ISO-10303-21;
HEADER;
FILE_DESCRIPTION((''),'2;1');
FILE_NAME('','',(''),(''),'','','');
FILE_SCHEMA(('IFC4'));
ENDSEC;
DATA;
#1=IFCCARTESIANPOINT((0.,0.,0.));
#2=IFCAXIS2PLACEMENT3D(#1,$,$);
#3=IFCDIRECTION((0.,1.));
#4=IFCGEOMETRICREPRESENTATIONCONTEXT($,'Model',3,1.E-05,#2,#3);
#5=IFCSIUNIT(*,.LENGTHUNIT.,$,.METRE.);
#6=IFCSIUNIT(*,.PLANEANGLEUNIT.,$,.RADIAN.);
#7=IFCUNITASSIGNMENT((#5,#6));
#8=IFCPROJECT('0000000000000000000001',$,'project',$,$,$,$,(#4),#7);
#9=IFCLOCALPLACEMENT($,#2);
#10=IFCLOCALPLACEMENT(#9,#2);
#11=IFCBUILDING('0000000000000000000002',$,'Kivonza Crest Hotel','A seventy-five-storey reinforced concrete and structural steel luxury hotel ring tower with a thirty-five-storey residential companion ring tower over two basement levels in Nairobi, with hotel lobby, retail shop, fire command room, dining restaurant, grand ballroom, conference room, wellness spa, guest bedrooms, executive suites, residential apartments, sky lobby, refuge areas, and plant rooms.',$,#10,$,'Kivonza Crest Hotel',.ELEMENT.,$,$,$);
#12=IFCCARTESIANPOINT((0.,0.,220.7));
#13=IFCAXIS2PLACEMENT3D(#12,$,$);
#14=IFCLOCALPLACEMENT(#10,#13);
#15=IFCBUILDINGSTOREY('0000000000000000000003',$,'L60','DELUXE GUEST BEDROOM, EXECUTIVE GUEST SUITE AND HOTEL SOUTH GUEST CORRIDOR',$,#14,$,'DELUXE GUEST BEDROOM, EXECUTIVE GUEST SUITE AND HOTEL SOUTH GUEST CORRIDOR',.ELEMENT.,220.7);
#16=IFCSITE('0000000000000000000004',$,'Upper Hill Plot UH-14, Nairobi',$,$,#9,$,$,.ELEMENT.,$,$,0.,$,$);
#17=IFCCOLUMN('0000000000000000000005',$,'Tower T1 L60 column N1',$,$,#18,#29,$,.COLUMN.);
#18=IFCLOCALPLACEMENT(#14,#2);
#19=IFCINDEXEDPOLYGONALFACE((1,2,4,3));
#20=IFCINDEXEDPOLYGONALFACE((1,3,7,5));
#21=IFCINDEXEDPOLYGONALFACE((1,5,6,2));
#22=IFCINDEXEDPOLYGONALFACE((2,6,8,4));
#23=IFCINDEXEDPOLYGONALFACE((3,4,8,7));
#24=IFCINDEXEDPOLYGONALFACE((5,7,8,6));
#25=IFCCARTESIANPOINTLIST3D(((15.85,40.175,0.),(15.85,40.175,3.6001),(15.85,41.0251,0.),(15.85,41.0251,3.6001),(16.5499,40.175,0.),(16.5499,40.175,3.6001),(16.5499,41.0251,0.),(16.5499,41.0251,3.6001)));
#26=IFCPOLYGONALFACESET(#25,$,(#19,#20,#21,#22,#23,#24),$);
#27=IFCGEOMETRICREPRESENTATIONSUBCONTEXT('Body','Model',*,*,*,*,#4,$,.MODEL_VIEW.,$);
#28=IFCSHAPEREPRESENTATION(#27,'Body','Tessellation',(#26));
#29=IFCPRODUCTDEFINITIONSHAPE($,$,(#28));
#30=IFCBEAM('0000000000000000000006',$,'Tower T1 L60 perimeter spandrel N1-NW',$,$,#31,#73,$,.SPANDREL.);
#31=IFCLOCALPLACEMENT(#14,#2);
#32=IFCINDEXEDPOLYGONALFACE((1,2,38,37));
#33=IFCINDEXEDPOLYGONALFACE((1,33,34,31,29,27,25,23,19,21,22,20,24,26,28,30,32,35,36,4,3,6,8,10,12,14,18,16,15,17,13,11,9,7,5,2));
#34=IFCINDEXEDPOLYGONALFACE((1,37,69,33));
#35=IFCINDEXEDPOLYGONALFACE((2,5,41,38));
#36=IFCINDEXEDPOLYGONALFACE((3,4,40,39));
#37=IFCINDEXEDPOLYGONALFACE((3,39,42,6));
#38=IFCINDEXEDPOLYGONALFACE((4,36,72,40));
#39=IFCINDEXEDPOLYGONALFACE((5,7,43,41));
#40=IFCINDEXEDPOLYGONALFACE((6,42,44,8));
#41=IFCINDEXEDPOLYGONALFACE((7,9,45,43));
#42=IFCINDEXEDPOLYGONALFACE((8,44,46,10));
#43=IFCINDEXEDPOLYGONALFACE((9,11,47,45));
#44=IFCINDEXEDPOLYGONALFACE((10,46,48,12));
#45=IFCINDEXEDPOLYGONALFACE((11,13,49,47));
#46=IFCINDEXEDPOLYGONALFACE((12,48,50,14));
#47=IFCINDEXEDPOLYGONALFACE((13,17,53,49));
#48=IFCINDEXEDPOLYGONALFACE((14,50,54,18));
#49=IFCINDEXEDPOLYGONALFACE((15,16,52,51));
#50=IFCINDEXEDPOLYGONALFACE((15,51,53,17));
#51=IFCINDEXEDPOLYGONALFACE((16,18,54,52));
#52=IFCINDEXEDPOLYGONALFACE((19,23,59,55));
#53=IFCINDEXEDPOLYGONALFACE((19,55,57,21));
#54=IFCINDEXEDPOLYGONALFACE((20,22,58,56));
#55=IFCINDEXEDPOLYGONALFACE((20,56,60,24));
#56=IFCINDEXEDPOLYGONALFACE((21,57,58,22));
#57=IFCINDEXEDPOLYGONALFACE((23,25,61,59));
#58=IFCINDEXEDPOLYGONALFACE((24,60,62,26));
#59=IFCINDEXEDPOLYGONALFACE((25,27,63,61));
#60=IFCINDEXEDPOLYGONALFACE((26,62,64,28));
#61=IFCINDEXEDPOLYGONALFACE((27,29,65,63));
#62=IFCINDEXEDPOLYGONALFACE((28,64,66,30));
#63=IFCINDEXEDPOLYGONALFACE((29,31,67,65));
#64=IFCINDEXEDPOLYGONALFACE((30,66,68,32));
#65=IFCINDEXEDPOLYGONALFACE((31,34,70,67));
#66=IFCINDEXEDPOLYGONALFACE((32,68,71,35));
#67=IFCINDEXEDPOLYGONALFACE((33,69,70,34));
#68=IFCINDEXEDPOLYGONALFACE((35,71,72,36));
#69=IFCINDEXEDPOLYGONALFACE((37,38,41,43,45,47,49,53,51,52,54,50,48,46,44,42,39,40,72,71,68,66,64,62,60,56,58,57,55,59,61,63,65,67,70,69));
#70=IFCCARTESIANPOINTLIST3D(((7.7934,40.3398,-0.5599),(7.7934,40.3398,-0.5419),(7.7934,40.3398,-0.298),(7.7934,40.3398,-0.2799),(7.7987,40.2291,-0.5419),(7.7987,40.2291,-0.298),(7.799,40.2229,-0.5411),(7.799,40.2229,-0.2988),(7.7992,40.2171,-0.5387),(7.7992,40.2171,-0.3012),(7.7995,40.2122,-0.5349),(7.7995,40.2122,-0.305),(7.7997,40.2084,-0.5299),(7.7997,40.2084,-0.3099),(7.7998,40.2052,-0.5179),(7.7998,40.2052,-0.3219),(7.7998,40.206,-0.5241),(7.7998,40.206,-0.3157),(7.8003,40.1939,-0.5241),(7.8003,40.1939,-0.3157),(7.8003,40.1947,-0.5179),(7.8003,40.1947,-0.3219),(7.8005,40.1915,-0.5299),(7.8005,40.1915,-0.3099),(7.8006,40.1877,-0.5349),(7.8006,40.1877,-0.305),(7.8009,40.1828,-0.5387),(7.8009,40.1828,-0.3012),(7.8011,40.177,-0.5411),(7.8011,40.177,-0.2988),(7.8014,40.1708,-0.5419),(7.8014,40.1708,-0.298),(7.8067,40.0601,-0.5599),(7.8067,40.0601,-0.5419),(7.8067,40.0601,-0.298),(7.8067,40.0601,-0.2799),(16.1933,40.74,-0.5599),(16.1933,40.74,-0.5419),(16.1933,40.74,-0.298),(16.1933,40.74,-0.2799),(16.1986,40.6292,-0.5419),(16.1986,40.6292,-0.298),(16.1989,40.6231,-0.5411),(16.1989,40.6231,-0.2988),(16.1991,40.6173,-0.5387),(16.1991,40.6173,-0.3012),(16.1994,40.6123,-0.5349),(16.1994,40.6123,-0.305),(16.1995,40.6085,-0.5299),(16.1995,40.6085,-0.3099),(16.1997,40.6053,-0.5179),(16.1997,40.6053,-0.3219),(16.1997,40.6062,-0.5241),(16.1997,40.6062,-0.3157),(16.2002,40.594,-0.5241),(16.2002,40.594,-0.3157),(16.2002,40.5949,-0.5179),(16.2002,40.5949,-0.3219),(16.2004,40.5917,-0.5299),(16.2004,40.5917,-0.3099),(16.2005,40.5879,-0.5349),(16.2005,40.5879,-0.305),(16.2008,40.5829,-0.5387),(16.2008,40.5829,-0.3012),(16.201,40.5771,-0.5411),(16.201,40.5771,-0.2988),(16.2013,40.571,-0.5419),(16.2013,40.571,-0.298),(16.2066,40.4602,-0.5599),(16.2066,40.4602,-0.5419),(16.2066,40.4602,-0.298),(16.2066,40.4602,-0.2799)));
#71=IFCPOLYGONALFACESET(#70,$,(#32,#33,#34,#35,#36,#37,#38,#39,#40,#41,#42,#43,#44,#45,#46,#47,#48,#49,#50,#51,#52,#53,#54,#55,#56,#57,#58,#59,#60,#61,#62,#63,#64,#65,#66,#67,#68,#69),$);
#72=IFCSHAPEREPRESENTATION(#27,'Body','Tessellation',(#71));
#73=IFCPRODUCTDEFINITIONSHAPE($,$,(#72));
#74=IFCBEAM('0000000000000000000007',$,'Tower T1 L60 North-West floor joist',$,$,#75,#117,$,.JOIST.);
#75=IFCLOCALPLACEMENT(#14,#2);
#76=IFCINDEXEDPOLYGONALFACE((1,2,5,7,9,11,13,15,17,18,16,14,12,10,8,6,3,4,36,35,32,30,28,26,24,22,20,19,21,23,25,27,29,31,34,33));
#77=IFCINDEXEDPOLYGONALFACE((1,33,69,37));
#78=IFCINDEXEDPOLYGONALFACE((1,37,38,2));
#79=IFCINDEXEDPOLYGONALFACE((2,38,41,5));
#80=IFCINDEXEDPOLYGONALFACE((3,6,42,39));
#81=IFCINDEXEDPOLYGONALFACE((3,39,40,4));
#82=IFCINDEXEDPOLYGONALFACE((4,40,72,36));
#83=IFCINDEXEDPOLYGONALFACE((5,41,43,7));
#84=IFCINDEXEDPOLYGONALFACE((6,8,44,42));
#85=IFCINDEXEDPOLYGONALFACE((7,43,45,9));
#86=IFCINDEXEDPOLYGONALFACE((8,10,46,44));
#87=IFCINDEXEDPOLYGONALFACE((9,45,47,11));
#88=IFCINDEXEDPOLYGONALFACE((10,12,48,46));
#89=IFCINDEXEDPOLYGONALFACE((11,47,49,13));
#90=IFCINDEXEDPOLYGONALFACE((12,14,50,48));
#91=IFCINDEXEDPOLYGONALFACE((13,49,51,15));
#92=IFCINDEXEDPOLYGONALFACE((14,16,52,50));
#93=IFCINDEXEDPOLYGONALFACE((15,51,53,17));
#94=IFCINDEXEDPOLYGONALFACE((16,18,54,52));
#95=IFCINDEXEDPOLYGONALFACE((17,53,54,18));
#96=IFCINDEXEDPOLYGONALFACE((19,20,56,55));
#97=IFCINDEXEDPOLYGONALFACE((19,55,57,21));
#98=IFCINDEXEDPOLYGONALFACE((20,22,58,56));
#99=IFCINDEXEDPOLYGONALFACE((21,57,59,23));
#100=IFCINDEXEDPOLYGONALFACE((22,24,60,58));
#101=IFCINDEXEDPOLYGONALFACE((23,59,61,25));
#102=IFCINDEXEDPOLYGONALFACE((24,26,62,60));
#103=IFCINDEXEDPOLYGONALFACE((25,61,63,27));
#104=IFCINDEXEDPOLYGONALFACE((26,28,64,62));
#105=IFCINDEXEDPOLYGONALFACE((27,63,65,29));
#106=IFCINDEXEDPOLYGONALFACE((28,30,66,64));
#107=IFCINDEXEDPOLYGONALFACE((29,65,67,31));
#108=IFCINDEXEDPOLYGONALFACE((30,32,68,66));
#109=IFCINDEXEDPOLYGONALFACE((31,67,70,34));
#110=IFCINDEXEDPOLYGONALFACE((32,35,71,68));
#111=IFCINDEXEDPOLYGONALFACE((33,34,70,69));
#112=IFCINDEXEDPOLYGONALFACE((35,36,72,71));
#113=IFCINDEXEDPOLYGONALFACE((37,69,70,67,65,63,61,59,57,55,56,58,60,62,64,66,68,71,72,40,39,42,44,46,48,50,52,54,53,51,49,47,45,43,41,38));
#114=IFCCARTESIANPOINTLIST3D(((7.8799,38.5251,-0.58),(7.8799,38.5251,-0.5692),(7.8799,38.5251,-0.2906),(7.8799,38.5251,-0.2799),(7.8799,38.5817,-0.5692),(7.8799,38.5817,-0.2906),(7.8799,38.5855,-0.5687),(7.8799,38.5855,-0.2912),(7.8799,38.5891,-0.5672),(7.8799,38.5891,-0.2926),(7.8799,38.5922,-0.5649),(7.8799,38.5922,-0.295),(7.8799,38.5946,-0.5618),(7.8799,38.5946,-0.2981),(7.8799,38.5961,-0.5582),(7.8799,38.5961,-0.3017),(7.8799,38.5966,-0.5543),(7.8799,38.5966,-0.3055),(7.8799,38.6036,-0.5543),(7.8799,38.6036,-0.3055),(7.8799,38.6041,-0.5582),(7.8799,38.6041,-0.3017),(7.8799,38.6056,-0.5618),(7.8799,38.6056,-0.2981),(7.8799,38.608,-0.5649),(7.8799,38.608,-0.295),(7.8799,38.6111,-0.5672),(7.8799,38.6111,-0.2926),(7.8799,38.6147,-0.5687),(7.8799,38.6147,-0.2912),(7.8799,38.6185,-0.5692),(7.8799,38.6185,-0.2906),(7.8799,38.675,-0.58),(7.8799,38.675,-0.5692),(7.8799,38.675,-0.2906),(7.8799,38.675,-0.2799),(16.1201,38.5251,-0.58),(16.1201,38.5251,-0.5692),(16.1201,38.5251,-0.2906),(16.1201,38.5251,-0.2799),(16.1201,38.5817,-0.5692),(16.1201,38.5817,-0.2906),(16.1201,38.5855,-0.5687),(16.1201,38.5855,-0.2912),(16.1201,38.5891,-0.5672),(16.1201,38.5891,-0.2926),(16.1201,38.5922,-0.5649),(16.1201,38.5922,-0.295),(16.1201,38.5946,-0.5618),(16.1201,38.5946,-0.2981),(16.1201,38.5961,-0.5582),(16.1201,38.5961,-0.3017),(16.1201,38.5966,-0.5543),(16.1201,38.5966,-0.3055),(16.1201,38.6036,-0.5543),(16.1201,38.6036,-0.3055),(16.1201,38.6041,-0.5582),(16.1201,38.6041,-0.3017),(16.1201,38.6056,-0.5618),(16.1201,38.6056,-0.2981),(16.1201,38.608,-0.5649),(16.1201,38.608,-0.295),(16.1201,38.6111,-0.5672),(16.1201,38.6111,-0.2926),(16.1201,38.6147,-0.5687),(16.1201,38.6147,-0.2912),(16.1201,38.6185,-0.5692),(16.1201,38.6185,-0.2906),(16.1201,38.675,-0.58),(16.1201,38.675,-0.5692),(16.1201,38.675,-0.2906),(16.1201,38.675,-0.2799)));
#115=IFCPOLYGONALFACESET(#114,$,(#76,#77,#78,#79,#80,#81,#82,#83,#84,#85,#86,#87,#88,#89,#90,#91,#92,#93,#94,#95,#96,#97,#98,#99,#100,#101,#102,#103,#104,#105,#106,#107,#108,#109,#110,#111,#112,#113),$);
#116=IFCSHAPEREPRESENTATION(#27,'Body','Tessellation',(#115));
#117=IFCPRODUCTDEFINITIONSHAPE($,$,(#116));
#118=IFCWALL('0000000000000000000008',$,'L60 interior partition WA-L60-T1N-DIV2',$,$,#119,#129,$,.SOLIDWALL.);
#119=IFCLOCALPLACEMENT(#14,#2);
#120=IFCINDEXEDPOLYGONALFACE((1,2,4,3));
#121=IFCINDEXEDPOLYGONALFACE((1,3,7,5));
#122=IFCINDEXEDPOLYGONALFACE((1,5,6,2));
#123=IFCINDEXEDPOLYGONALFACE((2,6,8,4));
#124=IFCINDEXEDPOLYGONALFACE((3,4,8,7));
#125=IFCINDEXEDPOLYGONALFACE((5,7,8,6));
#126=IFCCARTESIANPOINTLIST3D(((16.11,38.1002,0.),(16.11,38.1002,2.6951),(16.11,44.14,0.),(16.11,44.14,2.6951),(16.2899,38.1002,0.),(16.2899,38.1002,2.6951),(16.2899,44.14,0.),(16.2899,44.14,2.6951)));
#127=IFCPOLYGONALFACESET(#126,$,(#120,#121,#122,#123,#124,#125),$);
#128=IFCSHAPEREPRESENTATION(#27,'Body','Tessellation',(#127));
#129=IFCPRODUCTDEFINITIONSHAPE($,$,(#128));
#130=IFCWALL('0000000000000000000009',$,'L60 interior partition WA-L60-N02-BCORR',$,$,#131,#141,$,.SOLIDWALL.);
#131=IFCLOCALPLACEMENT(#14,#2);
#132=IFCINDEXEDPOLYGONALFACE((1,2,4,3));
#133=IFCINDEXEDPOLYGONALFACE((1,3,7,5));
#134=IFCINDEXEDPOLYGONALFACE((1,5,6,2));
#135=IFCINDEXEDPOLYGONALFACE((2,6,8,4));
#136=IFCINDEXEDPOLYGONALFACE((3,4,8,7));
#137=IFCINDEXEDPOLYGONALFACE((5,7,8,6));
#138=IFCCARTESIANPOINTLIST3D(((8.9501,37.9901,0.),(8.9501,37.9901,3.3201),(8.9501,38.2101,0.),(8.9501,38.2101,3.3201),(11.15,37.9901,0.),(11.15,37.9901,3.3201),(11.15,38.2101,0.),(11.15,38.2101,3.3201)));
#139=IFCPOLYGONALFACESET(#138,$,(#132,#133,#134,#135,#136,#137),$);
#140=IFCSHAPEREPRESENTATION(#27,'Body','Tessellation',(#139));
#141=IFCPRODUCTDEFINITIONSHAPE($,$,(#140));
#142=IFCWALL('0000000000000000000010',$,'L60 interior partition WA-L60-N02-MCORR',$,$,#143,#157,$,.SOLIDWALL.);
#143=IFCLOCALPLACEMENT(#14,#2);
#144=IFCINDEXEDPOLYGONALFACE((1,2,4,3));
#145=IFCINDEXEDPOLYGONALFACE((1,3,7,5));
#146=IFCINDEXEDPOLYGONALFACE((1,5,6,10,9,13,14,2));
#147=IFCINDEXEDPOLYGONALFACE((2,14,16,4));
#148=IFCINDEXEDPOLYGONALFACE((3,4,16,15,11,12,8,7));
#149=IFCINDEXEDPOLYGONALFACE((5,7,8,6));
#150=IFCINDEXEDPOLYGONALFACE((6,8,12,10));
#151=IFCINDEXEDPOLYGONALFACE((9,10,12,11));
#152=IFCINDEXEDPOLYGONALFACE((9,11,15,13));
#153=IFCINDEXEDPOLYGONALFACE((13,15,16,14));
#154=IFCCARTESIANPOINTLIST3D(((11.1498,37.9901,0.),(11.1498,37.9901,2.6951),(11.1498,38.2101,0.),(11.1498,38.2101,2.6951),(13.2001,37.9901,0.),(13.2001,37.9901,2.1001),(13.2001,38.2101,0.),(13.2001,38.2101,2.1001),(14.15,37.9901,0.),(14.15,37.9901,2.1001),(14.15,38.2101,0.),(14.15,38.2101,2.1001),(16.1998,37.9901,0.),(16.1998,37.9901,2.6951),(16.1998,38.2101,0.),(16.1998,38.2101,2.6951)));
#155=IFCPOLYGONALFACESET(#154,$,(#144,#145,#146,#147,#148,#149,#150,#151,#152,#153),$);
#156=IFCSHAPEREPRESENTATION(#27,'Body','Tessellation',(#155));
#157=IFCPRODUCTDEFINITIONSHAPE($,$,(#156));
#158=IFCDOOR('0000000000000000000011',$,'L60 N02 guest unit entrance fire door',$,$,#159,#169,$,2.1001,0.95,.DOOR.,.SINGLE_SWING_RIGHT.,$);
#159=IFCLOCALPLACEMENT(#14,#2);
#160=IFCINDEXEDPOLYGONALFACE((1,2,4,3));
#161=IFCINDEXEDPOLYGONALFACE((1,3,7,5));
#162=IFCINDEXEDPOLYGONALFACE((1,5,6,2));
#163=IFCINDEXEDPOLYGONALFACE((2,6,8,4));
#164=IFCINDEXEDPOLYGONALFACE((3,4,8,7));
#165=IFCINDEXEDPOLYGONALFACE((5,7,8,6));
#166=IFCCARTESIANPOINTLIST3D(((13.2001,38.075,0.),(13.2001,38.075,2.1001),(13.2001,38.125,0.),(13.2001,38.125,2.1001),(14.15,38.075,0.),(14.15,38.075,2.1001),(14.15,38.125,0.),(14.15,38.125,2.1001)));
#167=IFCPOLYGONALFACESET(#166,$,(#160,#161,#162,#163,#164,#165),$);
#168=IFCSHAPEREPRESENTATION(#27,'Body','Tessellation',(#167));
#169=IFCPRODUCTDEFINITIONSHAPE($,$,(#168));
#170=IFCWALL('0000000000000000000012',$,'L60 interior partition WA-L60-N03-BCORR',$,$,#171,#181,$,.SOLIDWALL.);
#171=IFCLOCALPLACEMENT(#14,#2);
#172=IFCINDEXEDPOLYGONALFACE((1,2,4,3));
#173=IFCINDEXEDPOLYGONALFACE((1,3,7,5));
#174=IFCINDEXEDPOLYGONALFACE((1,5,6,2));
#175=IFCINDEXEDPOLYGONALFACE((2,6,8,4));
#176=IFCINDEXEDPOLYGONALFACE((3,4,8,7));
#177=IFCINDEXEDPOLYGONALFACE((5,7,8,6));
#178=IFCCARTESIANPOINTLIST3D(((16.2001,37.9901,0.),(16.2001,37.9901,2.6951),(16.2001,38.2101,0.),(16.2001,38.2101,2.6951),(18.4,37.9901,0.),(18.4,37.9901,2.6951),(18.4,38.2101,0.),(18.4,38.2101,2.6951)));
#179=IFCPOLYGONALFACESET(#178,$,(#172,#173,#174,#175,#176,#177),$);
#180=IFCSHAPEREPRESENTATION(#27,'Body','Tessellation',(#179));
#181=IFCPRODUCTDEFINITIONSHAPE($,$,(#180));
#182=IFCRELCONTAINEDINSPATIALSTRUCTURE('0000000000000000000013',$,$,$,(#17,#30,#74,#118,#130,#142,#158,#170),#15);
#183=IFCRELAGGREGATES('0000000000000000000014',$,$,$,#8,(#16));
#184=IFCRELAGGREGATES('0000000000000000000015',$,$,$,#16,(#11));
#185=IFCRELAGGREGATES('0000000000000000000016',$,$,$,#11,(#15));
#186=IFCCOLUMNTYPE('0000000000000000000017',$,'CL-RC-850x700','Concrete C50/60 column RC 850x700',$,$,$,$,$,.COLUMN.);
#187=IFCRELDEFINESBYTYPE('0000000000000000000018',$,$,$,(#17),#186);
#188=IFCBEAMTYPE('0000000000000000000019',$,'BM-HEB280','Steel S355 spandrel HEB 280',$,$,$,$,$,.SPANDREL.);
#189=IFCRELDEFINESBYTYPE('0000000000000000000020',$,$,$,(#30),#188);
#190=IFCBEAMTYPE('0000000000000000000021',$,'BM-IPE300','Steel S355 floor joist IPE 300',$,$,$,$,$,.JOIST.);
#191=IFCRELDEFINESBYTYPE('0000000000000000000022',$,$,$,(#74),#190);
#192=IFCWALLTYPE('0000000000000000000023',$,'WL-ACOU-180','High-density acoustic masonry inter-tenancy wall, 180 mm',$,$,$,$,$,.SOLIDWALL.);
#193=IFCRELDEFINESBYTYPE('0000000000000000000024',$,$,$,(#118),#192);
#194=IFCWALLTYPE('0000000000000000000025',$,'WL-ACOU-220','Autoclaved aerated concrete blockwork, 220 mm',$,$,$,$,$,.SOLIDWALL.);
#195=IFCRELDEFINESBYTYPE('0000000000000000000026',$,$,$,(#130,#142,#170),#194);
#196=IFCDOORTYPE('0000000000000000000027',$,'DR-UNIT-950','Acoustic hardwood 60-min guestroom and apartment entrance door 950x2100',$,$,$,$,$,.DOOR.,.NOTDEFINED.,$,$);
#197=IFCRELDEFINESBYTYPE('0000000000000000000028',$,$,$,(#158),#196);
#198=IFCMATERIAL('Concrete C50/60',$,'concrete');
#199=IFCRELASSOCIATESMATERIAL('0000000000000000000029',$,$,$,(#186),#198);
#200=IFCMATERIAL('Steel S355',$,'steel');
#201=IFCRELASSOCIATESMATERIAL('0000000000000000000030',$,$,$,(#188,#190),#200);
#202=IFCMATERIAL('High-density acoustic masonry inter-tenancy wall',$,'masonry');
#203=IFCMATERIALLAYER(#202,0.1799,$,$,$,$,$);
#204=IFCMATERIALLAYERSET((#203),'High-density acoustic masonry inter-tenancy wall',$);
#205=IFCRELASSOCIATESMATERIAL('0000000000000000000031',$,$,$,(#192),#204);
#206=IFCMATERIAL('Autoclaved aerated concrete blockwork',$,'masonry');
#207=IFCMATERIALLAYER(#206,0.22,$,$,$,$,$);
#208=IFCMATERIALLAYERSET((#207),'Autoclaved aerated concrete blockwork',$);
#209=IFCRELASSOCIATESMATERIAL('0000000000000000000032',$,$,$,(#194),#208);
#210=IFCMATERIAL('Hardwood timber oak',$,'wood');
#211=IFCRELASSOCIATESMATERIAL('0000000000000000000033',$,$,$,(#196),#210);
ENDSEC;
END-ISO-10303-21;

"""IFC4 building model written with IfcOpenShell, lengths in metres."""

from ifc_helpers import new_model, si_unit, direction, frame, frame_2d, origin, origin_2d, place, context, subcontext, project, spatial, rectangle, i_section, extrude, material, layer, layer_set, material_profile, profile_set, type_object, element, fill, save


model = new_model("IFC4")

# Units and contexts
model_context = context("Model", 3, precision=1e-05, world=origin(), true_north=direction((0.0, 1.0)))
body_context = subcontext(model_context, "Body", "Model", "MODEL_VIEW")
ifc_project = project(units=[si_unit("LENGTHUNIT", "METRE"), si_unit("PLANEANGLEUNIT", "RADIAN")], contexts=[model_context])

# Site, building, storey
site_placement = place(None, origin())
site = spatial("IfcSite", under=ifc_project, at=site_placement, Name="Upper Hill Plot UH-14, Nairobi", CompositionType="ELEMENT", RefElevation=0.0)
building_placement = place(site_placement, origin())
building = spatial("IfcBuilding", under=site, at=building_placement, Name="Kivonza Crest Hotel", Description="A seventy-five-storey reinforced concrete and structural steel luxury hotel ring tower with a thirty-five-storey residential companion ring tower over two basement levels in Nairobi, with hotel lobby, retail shop, fire command room, dining restaurant, grand ballroom, conference room, wellness spa, guest bedrooms, executive suites, residential apartments, sky lobby, refuge areas, and plant rooms.", LongName="Kivonza Crest Hotel", CompositionType="ELEMENT")
storey_placement = place(building_placement, frame((0.0, 0.0, 220.7)))
storey = spatial("IfcBuildingStorey", under=building, at=storey_placement, Name="L60", Description="DELUXE GUEST BEDROOM, EXECUTIVE GUEST SUITE AND HOTEL SOUTH GUEST CORRIDOR", LongName="DELUXE GUEST BEDROOM, EXECUTIVE GUEST SUITE AND HOTEL SOUTH GUEST CORRIDOR", CompositionType="ELEMENT", Elevation=220.7)

# Column
ifc_material_1 = material(Name="Concrete C50/60", Category="concrete")
ifc_material_profile_1 = material_profile(ifc_material_1, rectangle(XDim=0.7, YDim=0.8501, at=origin_2d()), Name="RC 850x700")
ifc_profile_set_1 = profile_set([ifc_material_profile_1], Name="Concrete C50/60")
column_type = type_object("IfcColumnType", Name="CL-RC-850x700", Description="Concrete C50/60 column RC 850x700", PredefinedType="COLUMN", material=ifc_profile_set_1)
column_placement = place(storey_placement, frame((16.2, 40.6001, 0.0), z_axis=(0.0, 0.0, 1.0), x_axis=(1.0, 0.0, 0.0)))
element("IfcColumn", 1, at=column_placement, inside=storey, type_object=column_type, Name="Tower T1 L60 column N1", PredefinedType="COLUMN", context=body_context, shape_type="SweptSolid", body=[
    extrude(rectangle(XDim=0.7, YDim=0.8501, at=origin_2d()), origin(), (0.0, 0.0, 1.0), 3.6001),
])

# Beams
ifc_material_2 = material(Name="Steel S355", Category="steel")
ifc_material_profile_2 = material_profile(ifc_material_2, i_section(OverallWidth=0.28, OverallDepth=0.28, WebThickness=0.0105, FlangeThickness=0.0181, FilletRadius=0.0239, at=origin_2d()), Name="HEB 280")
ifc_profile_set_2 = profile_set([ifc_material_profile_2], Name="Steel S355")
beam_type_1 = type_object("IfcBeamType", Name="BM-HEB280", Description="Steel S355 spandrel HEB 280", PredefinedType="SPANDREL", material=ifc_profile_set_2)
beam_1_placement = place(storey_placement, frame((16.2, 40.6001, -0.4199), z_axis=(-0.998867, -0.047583, 0.0), x_axis=(0.047583, -0.998867, 0.0)))
element("IfcBeam", 2, at=beam_1_placement, inside=storey, type_object=beam_type_1, Name="Tower T1 L60 perimeter spandrel N1-NW", PredefinedType="SPANDREL", context=body_context, shape_type="SweptSolid", body=[
    extrude(i_section(OverallWidth=0.28, OverallDepth=0.28, WebThickness=0.0105, FlangeThickness=0.0181, FilletRadius=0.0239, at=origin_2d()), origin(), (0.0, 0.0, 1.0), 8.4094),
])
ifc_material_profile_3 = material_profile(ifc_material_2, i_section(OverallWidth=0.1499, OverallDepth=0.3, WebThickness=0.0071, FlangeThickness=0.0107, FilletRadius=0.0149, at=origin_2d()), Name="IPE 300")
ifc_profile_set_3 = profile_set([ifc_material_profile_3], Name="Steel S355")
beam_type_2 = type_object("IfcBeamType", Name="BM-IPE300", Description="Steel S355 floor joist IPE 300", PredefinedType="JOIST", material=ifc_profile_set_3)
beam_2_placement = place(storey_placement, frame((7.8799, 38.6001, -0.4299), z_axis=(1.0, 0.0, 0.0), x_axis=(0.0, 1.0, 0.0)))
element("IfcBeam", 3, at=beam_2_placement, inside=storey, type_object=beam_type_2, Name="Tower T1 L60 North-West floor joist", PredefinedType="JOIST", context=body_context, shape_type="SweptSolid", body=[
    extrude(i_section(OverallWidth=0.1499, OverallDepth=0.3, WebThickness=0.0071, FlangeThickness=0.0107, FilletRadius=0.0149, at=origin_2d()), origin(), (0.0, 0.0, 1.0), 8.2402),
])

# Walls
ifc_material_3 = material(Name="High-density acoustic masonry inter-tenancy wall", Category="masonry")
ifc_layer_1 = layer(ifc_material_3, 0.1799)
ifc_layer_set_1 = layer_set([ifc_layer_1], Name="High-density acoustic masonry inter-tenancy wall")
wall_type_1 = type_object("IfcWallType", Name="WL-ACOU-180", Description="High-density acoustic masonry inter-tenancy wall, 180 mm", PredefinedType="SOLIDWALL", material=ifc_layer_set_1)
wall_1_placement = place(storey_placement, frame((16.2, 38.1001, 0.0), z_axis=(0.0, 0.0, 1.0), x_axis=(0.0, 1.0, 0.0)))
element("IfcWall", 4, at=wall_1_placement, inside=storey, type_object=wall_type_1, Name="L60 interior partition WA-L60-T1N-DIV2", PredefinedType="SOLIDWALL", context=body_context, shape_type="SweptSolid", body=[
    extrude(rectangle(XDim=6.0398, YDim=0.1799, at=frame_2d((3.02, 0.0))), origin(), (0.0, 0.0, 1.0), 2.6951),
])
ifc_material_4 = material(Name="Autoclaved aerated concrete blockwork", Category="masonry")
ifc_layer_2 = layer(ifc_material_4, 0.22)
ifc_layer_set_2 = layer_set([ifc_layer_2], Name="Autoclaved aerated concrete blockwork")
wall_type_2 = type_object("IfcWallType", Name="WL-ACOU-220", Description="Autoclaved aerated concrete blockwork, 220 mm", PredefinedType="SOLIDWALL", material=ifc_layer_set_2)
wall_2_placement = place(storey_placement, frame((8.95, 38.1001, 0.0), z_axis=(0.0, 0.0, 1.0), x_axis=(1.0, 0.0, 0.0)))
element("IfcWall", 5, at=wall_2_placement, inside=storey, type_object=wall_type_2, Name="L60 interior partition WA-L60-N02-BCORR", PredefinedType="SOLIDWALL", context=body_context, shape_type="SweptSolid", body=[
    extrude(rectangle(XDim=2.2, YDim=0.22, at=frame_2d((1.1001, 0.0))), origin(), (0.0, 0.0, 1.0), 3.3201),
])

# Wall, opening, door
wall_3_placement = place(storey_placement, frame((11.1499, 38.1001, 0.0), z_axis=(0.0, 0.0, 1.0), x_axis=(1.0, 0.0, 0.0)))
wall_3 = element("IfcWall", 6, at=wall_3_placement, inside=storey, type_object=wall_type_2, Name="L60 interior partition WA-L60-N02-MCORR", PredefinedType="SOLIDWALL", context=body_context, shape_type="SweptSolid", body=[
    extrude(rectangle(XDim=5.05, YDim=0.22, at=frame_2d((2.5249, 0.0))), origin(), (0.0, 0.0, 1.0), 2.6951),
])
opening_1_placement = place(wall_3_placement, frame((2.05, 0.0, 0.0)))
opening_1 = element("IfcOpeningElement", 7, at=opening_1_placement, cuts=wall_3, PredefinedType="OPENING", context=body_context, shape_type="SweptSolid", body=[
    extrude(rectangle(XDim=0.95, YDim=2.1001, at=frame_2d((0.4751, 1.05))), frame((0.0, 0.1201, 0.0), z_axis=(0.0, -1.0, 0.0), x_axis=(1.0, 0.0, 0.0)), (0.0, 0.0, 1.0), 0.24),
])
ifc_material_5 = material(Name="Hardwood timber oak", Category="wood")
door_type_1 = type_object("IfcDoorType", Name="DR-UNIT-950", Description="Acoustic hardwood 60-min guestroom and apartment entrance door 950x2100", OperationType="NOTDEFINED", PredefinedType="DOOR", material=ifc_material_5)
door_1_placement = place(opening_1_placement, origin())
door_1 = element("IfcDoor", 8, at=door_1_placement, inside=storey, type_object=door_type_1, Name="L60 N02 guest unit entrance fire door", OperationType="SINGLE_SWING_RIGHT", OverallHeight=2.1001, OverallWidth=0.95, PredefinedType="DOOR", context=body_context, shape_type="SweptSolid", body=[
    extrude(rectangle(XDim=0.95, YDim=2.1001, at=frame_2d((0.4751, 1.05))), frame((0.0, 0.0249, 0.0), z_axis=(0.0, -1.0, 0.0), x_axis=(1.0, 0.0, 0.0)), (0.0, 0.0, 1.0), 0.05),
])
fill(opening_1, door_1)

# Wall
wall_4_placement = place(storey_placement, frame((16.2, 38.1001, 0.0), z_axis=(0.0, 0.0, 1.0), x_axis=(1.0, 0.0, 0.0)))
element("IfcWall", 9, at=wall_4_placement, inside=storey, type_object=wall_type_2, Name="L60 interior partition WA-L60-N03-BCORR", PredefinedType="SOLIDWALL", context=body_context, shape_type="SweptSolid", body=[
    extrude(rectangle(XDim=2.2, YDim=0.22, at=frame_2d((1.1001, 0.0))), origin(), (0.0, 0.0, 1.0), 2.6951),
])

save(model, "model.ifc")
